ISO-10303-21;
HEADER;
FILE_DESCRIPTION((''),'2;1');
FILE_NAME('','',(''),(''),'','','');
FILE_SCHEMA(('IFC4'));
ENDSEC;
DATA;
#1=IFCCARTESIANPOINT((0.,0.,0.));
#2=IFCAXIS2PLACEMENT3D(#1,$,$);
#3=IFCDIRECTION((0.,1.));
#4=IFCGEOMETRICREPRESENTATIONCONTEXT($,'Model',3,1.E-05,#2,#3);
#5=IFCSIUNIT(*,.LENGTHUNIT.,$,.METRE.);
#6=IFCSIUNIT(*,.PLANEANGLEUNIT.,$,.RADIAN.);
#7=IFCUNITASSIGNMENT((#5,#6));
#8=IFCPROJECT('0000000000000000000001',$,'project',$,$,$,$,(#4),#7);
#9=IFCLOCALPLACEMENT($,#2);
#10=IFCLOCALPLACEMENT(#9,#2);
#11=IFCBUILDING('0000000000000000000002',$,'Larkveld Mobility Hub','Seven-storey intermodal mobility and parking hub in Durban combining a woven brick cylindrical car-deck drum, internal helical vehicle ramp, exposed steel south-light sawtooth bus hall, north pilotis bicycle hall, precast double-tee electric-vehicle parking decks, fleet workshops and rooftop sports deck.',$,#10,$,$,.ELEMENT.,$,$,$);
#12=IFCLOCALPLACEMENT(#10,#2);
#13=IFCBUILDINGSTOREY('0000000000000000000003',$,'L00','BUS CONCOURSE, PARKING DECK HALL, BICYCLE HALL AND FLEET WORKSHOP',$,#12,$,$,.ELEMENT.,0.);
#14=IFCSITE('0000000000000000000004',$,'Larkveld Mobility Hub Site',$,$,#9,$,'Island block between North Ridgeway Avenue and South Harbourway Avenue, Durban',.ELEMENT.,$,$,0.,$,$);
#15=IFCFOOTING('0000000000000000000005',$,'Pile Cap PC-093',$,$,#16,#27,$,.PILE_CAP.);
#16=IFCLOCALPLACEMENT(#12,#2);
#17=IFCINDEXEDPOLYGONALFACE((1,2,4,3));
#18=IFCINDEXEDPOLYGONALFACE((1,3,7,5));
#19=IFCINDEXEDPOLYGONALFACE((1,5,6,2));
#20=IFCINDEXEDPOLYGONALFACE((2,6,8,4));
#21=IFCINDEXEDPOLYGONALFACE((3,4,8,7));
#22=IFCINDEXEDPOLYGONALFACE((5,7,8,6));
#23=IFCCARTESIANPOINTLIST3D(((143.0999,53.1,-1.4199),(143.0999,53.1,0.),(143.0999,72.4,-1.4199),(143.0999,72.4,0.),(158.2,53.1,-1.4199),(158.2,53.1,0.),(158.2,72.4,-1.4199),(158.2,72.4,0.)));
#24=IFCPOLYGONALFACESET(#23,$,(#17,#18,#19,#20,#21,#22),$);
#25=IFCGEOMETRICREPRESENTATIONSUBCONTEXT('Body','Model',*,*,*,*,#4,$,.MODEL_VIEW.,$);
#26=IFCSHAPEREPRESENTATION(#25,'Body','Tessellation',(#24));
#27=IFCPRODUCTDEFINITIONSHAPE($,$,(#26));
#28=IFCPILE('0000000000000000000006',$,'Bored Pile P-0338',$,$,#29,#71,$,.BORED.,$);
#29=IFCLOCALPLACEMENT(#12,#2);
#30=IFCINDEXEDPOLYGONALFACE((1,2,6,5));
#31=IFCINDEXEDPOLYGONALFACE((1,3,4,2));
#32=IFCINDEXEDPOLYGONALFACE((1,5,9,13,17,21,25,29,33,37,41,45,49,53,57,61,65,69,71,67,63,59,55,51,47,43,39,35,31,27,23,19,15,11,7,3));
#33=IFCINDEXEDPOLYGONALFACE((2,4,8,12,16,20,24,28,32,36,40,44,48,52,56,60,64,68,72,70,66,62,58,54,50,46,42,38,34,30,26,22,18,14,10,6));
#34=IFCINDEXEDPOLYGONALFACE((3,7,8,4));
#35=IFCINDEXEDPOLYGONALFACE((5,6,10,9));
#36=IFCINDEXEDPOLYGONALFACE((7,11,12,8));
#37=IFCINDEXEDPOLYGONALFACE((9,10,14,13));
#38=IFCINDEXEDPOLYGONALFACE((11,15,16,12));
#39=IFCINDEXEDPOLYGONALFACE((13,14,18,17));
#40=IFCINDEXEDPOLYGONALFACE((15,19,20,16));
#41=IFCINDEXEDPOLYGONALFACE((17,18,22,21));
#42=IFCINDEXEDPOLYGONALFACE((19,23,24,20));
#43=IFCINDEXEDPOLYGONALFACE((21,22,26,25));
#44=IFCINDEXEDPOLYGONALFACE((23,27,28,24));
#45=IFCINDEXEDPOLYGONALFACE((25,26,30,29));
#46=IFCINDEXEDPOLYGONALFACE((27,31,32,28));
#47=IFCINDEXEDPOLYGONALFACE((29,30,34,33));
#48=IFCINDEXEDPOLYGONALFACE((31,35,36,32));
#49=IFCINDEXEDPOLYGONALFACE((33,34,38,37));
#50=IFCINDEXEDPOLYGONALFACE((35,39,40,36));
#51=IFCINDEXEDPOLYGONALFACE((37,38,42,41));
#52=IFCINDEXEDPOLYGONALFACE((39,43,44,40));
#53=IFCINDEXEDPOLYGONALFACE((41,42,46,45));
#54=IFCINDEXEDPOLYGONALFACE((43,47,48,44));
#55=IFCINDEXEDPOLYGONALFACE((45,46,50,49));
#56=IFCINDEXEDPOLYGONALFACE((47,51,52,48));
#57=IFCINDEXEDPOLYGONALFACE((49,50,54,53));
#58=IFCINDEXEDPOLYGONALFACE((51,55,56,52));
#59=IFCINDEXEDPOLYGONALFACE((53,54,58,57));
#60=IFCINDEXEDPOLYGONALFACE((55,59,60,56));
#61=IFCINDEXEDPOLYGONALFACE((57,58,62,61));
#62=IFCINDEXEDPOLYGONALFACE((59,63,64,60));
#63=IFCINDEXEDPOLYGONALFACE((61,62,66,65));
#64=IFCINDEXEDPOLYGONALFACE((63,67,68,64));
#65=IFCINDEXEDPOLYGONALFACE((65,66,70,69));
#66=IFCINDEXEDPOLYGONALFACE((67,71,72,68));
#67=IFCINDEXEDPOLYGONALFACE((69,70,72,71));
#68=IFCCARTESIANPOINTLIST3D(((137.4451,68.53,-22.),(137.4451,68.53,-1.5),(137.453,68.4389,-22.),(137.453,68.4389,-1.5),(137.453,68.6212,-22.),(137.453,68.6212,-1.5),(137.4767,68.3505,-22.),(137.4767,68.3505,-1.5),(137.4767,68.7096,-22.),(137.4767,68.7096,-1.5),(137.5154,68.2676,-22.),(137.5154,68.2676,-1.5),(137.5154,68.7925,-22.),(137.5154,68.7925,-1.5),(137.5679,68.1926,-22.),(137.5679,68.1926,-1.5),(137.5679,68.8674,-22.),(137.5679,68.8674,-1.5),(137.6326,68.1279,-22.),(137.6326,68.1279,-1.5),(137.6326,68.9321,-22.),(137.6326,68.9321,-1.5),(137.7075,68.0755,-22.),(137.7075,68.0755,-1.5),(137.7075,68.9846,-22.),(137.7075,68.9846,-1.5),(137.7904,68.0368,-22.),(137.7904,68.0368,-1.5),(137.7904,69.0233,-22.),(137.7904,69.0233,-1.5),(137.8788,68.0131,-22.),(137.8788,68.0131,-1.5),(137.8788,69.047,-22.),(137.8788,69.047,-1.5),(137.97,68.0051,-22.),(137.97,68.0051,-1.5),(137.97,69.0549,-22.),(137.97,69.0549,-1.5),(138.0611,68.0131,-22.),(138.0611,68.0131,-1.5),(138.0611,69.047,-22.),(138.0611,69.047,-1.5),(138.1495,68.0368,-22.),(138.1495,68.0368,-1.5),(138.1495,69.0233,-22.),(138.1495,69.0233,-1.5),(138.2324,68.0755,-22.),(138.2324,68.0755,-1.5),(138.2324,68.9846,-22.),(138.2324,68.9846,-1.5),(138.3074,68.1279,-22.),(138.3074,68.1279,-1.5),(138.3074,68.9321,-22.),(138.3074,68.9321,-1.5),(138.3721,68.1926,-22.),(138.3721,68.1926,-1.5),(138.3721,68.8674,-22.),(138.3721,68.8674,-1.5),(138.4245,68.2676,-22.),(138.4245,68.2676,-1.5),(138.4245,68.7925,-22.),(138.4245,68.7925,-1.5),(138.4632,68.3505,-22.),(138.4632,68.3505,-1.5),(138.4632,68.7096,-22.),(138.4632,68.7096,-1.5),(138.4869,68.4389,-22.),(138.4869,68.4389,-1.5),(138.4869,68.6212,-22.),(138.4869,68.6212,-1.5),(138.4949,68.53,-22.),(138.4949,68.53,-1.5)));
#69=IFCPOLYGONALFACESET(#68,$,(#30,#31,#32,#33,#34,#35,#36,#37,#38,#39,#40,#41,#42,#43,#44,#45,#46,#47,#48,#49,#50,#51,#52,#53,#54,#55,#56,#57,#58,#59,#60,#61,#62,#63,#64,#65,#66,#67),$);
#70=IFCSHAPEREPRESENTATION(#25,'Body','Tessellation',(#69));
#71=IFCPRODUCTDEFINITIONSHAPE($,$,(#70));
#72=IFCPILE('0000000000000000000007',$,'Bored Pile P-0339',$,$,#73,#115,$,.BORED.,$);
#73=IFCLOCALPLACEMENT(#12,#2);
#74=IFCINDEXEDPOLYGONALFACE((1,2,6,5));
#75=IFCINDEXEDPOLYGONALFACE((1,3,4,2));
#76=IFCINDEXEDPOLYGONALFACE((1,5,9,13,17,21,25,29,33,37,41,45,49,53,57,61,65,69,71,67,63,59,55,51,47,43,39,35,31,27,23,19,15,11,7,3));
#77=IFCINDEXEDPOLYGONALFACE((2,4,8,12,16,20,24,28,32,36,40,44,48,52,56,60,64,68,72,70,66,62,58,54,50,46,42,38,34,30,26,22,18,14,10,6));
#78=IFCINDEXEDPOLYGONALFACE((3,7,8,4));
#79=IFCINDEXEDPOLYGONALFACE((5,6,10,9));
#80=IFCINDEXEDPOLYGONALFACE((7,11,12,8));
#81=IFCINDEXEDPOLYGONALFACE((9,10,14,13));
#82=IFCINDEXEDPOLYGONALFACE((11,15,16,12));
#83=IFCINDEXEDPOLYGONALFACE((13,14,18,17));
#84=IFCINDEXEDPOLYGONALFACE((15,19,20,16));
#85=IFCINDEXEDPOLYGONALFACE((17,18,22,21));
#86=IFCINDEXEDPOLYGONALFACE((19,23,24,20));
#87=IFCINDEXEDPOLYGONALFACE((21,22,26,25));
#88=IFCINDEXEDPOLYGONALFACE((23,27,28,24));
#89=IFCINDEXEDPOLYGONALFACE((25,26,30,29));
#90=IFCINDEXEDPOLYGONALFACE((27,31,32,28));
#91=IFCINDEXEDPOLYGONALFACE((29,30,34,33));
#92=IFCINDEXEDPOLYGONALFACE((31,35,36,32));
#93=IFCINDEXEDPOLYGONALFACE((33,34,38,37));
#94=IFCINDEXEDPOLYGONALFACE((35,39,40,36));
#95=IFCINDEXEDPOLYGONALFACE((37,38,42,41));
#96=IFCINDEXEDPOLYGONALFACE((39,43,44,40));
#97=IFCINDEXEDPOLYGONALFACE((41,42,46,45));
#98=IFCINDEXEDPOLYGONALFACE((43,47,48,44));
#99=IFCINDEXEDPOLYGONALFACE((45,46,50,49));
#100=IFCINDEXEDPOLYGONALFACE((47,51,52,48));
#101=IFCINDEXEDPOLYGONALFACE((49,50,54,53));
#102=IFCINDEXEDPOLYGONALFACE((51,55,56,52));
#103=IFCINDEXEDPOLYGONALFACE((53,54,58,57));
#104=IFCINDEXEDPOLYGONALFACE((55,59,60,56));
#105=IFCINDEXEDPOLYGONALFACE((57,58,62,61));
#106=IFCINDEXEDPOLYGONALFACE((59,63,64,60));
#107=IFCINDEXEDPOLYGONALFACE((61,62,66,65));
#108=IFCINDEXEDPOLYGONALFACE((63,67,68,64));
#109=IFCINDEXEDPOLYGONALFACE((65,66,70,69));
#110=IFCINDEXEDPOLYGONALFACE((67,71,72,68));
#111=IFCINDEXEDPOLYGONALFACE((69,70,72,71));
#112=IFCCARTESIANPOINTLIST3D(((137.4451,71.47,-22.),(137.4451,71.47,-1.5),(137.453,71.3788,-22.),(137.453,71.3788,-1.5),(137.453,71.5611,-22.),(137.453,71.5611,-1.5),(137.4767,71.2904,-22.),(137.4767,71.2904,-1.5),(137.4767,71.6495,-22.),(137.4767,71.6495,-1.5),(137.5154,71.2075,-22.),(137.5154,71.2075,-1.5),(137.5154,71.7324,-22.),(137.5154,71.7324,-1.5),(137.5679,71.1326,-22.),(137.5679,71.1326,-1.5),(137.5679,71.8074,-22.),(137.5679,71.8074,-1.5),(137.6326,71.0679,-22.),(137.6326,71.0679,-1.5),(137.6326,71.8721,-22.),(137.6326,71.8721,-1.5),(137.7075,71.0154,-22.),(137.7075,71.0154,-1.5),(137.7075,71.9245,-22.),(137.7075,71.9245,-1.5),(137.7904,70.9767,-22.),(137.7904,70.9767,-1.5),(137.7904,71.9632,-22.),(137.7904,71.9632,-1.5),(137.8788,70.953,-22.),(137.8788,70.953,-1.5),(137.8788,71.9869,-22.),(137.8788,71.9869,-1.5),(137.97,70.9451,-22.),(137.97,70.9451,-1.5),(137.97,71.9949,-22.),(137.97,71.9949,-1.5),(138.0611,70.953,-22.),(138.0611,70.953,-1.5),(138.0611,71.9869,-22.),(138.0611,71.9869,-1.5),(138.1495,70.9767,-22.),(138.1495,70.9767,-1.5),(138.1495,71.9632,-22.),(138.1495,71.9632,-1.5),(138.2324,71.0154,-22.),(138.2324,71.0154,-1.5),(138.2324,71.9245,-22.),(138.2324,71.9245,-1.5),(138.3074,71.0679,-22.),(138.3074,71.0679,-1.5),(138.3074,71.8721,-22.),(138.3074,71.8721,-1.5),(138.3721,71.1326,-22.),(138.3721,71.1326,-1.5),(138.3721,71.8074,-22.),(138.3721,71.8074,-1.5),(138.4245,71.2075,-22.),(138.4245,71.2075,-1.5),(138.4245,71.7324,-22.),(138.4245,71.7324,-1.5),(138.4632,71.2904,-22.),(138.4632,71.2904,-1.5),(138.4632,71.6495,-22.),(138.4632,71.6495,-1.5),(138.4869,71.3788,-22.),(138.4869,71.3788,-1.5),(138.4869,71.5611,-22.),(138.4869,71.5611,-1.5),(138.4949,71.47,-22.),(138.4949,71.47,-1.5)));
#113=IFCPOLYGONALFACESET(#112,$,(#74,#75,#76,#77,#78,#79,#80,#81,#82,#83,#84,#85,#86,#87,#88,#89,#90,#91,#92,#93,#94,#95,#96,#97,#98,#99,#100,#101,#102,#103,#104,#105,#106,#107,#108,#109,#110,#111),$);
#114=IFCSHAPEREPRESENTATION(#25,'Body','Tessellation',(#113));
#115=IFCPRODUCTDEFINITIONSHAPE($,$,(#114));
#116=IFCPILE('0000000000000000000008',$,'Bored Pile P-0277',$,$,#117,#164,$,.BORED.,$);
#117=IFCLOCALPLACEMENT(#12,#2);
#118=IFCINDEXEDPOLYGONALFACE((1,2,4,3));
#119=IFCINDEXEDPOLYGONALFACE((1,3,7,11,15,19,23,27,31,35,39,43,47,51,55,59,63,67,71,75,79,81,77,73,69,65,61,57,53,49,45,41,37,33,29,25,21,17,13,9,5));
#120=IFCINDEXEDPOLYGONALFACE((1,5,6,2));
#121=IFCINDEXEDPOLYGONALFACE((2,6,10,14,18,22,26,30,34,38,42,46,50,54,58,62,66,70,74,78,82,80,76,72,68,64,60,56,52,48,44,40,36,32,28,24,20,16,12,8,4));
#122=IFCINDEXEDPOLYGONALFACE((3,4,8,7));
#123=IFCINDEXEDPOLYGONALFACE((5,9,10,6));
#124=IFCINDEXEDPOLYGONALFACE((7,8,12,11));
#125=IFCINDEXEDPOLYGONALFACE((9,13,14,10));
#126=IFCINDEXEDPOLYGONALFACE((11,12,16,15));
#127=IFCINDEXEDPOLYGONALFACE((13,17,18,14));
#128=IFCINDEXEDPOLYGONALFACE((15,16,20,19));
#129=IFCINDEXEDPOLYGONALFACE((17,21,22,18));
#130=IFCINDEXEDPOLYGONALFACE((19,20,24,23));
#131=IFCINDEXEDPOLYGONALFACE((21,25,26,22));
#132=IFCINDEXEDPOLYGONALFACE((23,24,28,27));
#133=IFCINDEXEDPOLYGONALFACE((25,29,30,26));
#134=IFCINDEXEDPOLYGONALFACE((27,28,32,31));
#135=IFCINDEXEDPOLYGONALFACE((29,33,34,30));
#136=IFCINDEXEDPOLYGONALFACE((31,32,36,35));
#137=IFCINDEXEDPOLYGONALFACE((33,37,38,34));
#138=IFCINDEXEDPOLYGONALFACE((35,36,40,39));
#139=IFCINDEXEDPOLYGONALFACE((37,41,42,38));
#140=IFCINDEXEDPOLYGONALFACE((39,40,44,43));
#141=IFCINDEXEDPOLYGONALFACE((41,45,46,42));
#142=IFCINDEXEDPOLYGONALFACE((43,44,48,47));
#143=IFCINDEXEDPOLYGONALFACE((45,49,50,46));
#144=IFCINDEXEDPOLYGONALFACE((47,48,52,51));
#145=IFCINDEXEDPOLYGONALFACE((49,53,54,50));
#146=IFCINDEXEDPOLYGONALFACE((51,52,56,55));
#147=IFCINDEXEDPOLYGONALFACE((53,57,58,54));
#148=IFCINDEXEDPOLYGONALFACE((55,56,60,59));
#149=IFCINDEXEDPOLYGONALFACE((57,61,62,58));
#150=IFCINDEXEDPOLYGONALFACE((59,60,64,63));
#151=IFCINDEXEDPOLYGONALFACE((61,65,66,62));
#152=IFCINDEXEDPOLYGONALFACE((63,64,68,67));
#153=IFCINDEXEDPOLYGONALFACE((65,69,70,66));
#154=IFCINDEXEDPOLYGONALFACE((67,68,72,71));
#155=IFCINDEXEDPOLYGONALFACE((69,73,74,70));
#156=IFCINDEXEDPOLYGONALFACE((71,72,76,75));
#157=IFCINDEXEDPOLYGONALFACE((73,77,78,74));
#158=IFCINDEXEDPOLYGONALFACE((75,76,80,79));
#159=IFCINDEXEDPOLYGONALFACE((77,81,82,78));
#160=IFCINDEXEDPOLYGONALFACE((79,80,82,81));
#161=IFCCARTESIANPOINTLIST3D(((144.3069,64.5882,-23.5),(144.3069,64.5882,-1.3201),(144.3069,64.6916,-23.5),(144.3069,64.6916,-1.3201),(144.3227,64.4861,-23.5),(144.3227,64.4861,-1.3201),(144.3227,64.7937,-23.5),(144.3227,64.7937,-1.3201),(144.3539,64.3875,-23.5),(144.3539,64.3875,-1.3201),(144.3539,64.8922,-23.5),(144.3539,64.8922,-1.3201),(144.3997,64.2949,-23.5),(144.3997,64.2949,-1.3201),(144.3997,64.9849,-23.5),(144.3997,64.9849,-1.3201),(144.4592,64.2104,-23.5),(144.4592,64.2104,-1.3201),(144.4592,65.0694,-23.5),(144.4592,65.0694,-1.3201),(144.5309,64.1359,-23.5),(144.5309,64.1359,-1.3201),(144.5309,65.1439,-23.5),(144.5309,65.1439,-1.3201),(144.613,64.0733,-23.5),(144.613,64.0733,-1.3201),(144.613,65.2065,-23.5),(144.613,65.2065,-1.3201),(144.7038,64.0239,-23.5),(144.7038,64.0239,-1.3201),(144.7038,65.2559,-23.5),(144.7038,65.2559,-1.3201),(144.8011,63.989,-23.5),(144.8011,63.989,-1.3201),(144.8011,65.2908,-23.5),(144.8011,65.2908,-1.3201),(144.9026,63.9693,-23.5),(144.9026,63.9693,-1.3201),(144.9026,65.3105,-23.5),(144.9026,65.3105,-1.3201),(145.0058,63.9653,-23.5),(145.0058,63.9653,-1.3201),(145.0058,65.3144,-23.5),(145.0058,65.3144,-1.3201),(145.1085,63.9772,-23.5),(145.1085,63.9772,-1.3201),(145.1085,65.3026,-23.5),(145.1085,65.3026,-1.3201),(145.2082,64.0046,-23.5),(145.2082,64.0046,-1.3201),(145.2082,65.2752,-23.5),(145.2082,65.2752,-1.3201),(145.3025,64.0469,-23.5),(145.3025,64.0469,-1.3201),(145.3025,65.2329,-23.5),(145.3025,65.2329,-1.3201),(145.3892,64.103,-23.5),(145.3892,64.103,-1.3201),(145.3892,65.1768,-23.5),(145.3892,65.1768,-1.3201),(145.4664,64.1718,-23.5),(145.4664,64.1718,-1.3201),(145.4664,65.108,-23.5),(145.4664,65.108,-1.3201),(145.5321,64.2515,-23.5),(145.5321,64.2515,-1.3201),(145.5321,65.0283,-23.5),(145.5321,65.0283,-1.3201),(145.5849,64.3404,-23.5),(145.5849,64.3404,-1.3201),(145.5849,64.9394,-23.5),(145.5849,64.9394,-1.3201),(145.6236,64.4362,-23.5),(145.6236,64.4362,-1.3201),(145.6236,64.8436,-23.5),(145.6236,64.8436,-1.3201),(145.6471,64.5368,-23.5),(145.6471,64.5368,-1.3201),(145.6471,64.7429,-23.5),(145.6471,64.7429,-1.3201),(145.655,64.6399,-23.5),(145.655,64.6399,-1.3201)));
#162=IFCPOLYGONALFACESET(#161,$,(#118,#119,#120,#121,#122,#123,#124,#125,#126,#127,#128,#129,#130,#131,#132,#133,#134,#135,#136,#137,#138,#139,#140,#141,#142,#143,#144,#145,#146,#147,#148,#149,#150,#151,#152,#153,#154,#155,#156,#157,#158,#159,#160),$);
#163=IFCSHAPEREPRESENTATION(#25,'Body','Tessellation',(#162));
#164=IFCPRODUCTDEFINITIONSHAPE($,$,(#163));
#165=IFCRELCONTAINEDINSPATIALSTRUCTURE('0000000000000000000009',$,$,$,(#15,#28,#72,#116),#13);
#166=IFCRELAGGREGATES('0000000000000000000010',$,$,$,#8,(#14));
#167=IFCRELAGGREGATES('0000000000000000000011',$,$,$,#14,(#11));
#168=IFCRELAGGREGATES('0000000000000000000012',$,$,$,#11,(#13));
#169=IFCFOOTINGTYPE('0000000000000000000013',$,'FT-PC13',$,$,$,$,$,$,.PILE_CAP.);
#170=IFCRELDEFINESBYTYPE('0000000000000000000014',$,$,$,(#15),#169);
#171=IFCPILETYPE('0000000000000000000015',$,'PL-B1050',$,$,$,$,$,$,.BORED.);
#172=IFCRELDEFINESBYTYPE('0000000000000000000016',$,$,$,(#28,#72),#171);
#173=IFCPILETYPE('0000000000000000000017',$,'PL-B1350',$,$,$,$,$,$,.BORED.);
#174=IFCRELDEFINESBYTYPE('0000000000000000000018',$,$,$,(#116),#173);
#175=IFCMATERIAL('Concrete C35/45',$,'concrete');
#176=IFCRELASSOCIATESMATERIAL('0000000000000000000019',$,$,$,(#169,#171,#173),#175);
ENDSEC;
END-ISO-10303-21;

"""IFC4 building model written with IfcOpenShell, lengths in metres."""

from ifc_helpers import new_model, si_unit, direction, frame, origin, origin_2d, place, context, subcontext, project, spatial, rectangle, circle, extrude, material, material_profile, profile_set, type_object, element, save


model = new_model("IFC4")

# Units and contexts
model_context = context("Model", 3, precision=1e-05, world=origin(), true_north=direction((0.0, 1.0)))
body_context = subcontext(model_context, "Body", "Model", "MODEL_VIEW")
ifc_project = project(units=[si_unit("LENGTHUNIT", "METRE"), si_unit("PLANEANGLEUNIT", "RADIAN")], contexts=[model_context])

# Site, building, storey
site_placement = place(None, origin())
site = spatial("IfcSite", under=ifc_project, at=site_placement, Name="Larkveld Mobility Hub Site", LongName="Island block between North Ridgeway Avenue and South Harbourway Avenue, Durban", CompositionType="ELEMENT", RefElevation=0.0)
building_placement = place(site_placement, origin())
building = spatial("IfcBuilding", under=site, at=building_placement, Name="Larkveld Mobility Hub", Description="Seven-storey intermodal mobility and parking hub in Durban combining a woven brick cylindrical car-deck drum, internal helical vehicle ramp, exposed steel south-light sawtooth bus hall, north pilotis bicycle hall, precast double-tee electric-vehicle parking decks, fleet workshops and rooftop sports deck.", CompositionType="ELEMENT")
storey_placement = place(building_placement, origin())
storey = spatial("IfcBuildingStorey", under=building, at=storey_placement, Name="L00", Description="BUS CONCOURSE, PARKING DECK HALL, BICYCLE HALL AND FLEET WORKSHOP", CompositionType="ELEMENT", Elevation=0.0)

# Footing
ifc_material_1 = material(Name="Concrete C35/45", Category="concrete")
footing_type = type_object("IfcFootingType", Name="FT-PC13", PredefinedType="PILE_CAP", material=ifc_material_1)
footing_placement = place(storey_placement, frame((150.6499, 62.75, -1.4199), z_axis=(0.0, 0.0, 1.0), x_axis=(1.0, 0.0, 0.0)))
element("IfcFooting", 1, at=footing_placement, inside=storey, type_object=footing_type, Name="Pile Cap PC-093", PredefinedType="PILE_CAP", context=body_context, shape_type="SweptSolid", body=[
    extrude(rectangle(XDim=15.1001, YDim=19.3, at=origin_2d()), origin(), (0.0, 0.0, 1.0), 1.4199),
])

# Piles
ifc_material_profile_1 = material_profile(ifc_material_1, circle(Radius=0.5249, at=origin_2d()), Name="PILE D1050")
ifc_profile_set_1 = profile_set([ifc_material_profile_1], Name="Concrete C35/45")
pile_type_1 = type_object("IfcPileType", Name="PL-B1050", PredefinedType="BORED", material=ifc_profile_set_1)
for number, where, z_axis, x_axis, name in (
    (2, (137.97, 68.53, -1.5), (0.0, 0.0, -1.0), (1.0, 0.0, 0.0), "Bored Pile P-0338"),
    (3, (137.97, 71.47, -1.5), (0.0, 0.0, -1.0), (1.0, 0.0, 0.0), "Bored Pile P-0339"),
):
    element("IfcPile", number, at=place(storey_placement, frame(where, z_axis=z_axis, x_axis=x_axis)), inside=storey, type_object=pile_type_1, Name=name, PredefinedType="BORED", context=body_context, shape_type="SweptSolid", body=[
        extrude(circle(Radius=0.5249, at=origin_2d()), origin(), (0.0, 0.0, 1.0), 20.5),
    ])
ifc_material_profile_2 = material_profile(ifc_material_1, circle(Radius=0.675, at=origin_2d()), Name="PILE D1350")
ifc_profile_set_2 = profile_set([ifc_material_profile_2], Name="Concrete C35/45")
pile_type_2 = type_object("IfcPileType", Name="PL-B1350", PredefinedType="BORED", material=ifc_profile_set_2)
for number, where, z_axis, x_axis, name in (
    (4, (144.98, 64.6399, -1.3201), (0.0, 0.0, -1.0), (1.0, 0.0, 0.0), "Bored Pile P-0277"),
):
    element("IfcPile", number, at=place(storey_placement, frame(where, z_axis=z_axis, x_axis=x_axis)), inside=storey, type_object=pile_type_2, Name=name, PredefinedType="BORED", context=body_context, shape_type="SweptSolid", body=[
        extrude(circle(Radius=0.675, at=origin_2d()), origin(), (0.0, 0.0, 1.0), 22.1799),
    ])

save(model, "model.ifc")
